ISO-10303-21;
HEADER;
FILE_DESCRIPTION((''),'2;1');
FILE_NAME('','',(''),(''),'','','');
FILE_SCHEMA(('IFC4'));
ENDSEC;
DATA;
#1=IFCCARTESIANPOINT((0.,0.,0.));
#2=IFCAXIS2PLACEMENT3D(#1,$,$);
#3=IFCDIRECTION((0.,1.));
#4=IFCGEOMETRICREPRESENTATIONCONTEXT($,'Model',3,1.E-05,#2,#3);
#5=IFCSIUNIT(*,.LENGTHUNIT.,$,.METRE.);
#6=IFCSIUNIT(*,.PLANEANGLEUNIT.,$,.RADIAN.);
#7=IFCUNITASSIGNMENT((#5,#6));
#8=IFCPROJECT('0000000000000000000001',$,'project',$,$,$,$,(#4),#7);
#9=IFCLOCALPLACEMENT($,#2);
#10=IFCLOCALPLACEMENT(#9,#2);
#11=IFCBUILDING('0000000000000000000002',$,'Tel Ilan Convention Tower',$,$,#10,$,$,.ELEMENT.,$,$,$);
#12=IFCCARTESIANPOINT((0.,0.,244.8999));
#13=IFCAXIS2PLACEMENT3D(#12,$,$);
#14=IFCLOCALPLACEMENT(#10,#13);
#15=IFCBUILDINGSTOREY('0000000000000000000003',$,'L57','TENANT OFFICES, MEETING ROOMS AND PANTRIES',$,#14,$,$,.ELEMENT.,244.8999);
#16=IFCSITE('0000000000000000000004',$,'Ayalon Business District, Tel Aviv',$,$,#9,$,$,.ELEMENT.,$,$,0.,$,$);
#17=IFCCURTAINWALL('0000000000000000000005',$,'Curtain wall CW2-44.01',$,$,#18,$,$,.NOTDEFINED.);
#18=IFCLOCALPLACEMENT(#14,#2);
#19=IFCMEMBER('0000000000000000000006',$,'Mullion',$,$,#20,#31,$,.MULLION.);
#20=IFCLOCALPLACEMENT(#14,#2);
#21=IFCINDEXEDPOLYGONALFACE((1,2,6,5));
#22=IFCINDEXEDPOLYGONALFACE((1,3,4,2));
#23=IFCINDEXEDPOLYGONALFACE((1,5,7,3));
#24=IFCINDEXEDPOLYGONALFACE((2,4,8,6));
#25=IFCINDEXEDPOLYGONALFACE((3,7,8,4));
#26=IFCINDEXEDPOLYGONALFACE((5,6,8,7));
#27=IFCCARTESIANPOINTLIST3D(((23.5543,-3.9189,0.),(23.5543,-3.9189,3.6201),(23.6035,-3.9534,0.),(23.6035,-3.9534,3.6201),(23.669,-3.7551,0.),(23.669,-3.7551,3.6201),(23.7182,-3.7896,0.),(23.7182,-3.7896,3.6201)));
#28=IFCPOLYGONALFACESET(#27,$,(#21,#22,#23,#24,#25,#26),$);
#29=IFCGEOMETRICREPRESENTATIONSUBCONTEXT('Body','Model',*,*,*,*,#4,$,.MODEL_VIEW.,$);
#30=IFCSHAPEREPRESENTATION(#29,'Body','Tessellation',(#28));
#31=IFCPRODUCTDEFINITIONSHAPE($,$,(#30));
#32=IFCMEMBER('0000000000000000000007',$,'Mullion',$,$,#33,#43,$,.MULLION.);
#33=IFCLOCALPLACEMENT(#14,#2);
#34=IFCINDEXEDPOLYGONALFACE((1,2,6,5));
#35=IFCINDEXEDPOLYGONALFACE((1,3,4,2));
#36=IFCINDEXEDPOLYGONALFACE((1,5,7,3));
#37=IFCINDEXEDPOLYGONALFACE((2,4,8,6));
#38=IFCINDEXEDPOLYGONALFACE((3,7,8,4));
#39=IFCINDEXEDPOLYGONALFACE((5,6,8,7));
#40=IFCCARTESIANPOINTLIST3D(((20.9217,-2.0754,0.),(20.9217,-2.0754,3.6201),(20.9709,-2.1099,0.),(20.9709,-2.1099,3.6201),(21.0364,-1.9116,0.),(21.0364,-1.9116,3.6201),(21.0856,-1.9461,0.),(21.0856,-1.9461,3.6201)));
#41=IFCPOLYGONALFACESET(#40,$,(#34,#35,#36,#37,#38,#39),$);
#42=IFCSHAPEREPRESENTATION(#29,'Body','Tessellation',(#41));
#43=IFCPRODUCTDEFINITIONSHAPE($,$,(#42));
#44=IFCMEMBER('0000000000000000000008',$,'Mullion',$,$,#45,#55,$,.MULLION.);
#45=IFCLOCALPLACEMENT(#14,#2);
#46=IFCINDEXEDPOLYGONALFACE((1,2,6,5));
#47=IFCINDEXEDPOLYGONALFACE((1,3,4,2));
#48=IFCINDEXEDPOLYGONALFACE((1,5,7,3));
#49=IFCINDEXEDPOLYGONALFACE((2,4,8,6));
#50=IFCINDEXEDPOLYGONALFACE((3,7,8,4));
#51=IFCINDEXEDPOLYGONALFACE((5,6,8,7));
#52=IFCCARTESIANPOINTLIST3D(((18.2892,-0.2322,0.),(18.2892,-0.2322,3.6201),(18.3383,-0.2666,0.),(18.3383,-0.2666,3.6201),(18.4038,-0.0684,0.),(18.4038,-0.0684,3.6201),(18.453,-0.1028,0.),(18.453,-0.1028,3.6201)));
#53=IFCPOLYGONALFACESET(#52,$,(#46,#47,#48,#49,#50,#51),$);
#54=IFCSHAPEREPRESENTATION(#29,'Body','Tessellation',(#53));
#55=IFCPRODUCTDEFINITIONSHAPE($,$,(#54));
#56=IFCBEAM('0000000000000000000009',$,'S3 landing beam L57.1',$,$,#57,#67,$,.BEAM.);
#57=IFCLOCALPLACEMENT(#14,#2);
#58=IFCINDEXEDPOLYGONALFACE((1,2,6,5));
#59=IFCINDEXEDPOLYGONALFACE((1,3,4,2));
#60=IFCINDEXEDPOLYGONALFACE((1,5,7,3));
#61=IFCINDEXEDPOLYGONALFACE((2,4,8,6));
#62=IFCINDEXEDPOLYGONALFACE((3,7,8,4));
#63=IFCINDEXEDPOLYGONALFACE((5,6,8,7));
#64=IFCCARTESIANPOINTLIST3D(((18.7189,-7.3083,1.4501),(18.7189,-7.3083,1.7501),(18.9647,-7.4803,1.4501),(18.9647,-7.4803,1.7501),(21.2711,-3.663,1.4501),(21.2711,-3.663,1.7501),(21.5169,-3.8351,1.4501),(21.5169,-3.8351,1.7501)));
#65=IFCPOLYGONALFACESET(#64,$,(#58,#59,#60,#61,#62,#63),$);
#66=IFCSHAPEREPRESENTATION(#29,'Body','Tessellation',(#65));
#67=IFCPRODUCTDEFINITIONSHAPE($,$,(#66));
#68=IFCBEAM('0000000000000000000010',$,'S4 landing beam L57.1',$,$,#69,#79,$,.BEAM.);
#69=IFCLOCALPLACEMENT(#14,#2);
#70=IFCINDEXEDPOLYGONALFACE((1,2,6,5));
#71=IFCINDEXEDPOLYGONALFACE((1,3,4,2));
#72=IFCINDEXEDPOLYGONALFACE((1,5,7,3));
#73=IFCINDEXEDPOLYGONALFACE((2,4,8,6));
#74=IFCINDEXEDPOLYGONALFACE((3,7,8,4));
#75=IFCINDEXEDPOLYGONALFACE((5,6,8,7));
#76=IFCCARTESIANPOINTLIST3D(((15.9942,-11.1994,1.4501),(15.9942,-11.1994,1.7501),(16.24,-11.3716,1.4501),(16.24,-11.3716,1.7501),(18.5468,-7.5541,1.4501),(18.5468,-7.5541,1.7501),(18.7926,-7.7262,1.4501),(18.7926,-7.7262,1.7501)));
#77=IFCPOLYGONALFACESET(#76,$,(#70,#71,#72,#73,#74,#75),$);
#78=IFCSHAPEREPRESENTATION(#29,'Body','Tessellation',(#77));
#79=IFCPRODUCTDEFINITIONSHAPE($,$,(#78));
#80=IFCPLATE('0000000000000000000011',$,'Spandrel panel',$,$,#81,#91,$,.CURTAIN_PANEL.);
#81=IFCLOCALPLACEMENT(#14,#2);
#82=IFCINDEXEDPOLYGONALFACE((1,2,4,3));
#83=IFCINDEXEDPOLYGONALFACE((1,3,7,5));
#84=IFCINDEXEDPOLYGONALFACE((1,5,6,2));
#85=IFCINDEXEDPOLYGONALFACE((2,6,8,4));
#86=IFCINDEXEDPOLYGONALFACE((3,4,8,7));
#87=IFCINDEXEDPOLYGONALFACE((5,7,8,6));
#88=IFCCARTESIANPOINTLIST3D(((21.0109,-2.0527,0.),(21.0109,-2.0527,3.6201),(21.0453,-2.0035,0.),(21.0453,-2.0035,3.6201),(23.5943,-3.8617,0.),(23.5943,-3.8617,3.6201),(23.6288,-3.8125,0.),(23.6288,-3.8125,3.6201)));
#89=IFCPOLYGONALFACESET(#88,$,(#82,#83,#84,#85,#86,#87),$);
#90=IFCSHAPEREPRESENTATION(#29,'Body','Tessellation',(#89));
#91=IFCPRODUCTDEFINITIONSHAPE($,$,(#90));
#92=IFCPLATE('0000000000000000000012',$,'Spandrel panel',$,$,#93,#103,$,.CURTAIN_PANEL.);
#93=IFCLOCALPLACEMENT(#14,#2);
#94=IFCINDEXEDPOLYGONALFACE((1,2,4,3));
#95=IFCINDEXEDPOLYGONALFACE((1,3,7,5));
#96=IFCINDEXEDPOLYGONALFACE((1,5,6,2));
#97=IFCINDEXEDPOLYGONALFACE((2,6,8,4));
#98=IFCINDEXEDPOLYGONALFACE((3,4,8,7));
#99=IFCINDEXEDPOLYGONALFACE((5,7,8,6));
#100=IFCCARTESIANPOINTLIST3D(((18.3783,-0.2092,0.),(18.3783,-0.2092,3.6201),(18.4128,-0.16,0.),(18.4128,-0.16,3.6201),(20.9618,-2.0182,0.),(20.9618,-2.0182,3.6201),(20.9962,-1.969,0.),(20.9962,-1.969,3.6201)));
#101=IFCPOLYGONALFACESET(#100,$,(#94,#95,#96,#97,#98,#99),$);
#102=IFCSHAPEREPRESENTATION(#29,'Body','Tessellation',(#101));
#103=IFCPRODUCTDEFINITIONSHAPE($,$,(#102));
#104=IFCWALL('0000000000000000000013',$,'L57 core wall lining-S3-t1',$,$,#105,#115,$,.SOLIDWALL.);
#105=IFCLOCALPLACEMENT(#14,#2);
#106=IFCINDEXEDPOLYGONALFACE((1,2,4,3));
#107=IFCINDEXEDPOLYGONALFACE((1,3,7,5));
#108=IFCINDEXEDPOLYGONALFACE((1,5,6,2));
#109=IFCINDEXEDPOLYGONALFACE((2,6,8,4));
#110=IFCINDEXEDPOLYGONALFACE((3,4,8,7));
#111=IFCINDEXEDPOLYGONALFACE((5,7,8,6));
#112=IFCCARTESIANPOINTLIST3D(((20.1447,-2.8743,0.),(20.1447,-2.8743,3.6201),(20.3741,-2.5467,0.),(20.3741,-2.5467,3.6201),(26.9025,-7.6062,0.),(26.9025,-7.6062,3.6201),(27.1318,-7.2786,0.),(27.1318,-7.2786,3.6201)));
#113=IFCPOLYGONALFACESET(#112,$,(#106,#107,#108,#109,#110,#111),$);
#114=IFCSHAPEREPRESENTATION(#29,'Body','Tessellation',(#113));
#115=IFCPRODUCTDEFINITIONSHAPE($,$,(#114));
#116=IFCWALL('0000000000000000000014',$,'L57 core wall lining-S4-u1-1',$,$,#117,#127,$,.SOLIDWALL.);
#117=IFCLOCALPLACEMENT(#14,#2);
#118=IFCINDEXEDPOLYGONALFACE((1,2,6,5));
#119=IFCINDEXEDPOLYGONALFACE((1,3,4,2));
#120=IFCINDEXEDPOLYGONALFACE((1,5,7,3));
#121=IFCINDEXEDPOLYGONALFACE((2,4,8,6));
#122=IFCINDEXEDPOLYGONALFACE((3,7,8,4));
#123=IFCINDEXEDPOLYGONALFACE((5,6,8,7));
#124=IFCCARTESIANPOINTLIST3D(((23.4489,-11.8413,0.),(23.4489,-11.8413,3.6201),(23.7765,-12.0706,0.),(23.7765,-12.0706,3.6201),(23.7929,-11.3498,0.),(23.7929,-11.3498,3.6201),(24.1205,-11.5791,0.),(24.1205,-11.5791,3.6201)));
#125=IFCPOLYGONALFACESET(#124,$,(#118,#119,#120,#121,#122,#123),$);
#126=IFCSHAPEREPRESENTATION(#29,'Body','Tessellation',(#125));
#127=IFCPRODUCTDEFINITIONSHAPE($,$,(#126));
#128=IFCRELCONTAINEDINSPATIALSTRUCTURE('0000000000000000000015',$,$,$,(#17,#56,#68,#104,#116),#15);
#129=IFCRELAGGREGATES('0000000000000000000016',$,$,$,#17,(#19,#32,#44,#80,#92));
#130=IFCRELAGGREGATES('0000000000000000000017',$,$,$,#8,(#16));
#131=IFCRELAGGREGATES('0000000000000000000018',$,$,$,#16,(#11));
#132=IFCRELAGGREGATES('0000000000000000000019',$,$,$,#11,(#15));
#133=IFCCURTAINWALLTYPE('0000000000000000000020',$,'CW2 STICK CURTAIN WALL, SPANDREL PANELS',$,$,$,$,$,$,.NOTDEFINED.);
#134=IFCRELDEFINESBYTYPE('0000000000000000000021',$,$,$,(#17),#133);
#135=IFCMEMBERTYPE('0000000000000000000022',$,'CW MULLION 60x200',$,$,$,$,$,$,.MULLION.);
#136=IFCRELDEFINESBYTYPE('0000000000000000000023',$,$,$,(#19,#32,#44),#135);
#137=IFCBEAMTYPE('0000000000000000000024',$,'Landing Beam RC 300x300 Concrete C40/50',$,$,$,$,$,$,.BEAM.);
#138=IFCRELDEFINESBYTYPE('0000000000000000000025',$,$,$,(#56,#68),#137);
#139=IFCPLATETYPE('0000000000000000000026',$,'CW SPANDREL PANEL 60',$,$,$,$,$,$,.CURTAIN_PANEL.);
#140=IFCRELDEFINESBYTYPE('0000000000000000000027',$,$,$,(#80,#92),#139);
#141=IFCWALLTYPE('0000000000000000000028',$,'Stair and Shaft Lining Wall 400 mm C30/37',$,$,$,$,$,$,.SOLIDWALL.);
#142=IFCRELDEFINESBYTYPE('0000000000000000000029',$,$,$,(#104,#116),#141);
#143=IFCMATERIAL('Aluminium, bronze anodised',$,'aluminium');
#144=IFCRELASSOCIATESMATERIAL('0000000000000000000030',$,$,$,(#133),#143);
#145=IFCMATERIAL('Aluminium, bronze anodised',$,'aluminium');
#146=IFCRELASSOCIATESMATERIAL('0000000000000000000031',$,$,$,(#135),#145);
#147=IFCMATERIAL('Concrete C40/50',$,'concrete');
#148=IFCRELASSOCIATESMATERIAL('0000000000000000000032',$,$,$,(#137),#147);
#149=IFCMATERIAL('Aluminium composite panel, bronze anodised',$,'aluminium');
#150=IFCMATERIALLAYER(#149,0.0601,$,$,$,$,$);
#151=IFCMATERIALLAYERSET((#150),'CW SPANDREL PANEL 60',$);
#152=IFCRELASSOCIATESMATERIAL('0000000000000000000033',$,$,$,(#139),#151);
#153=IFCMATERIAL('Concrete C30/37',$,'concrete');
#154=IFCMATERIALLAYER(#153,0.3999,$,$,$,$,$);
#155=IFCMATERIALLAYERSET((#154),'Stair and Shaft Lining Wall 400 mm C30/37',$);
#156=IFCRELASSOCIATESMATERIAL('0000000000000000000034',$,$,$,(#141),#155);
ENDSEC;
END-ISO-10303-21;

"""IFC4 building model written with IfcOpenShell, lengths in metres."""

from ifc_helpers import new_model, si_unit, direction, frame, frame_2d, origin, origin_2d, place, context, subcontext, project, spatial, rectangle, extrude, material, layer, layer_set, material_profile, profile_set, type_object, element, aggregate, save


model = new_model("IFC4")

# Units and contexts
model_context = context("Model", 3, precision=1e-05, world=origin(), true_north=direction((0.0, 1.0)))
body_context = subcontext(model_context, "Body", "Model", "MODEL_VIEW")
ifc_project = project(units=[si_unit("LENGTHUNIT", "METRE"), si_unit("PLANEANGLEUNIT", "RADIAN")], contexts=[model_context])

# Site, building, storey
site_placement = place(None, origin())
site = spatial("IfcSite", under=ifc_project, at=site_placement, Name="Ayalon Business District, Tel Aviv", CompositionType="ELEMENT", RefElevation=0.0)
building_placement = place(site_placement, origin())
building = spatial("IfcBuilding", under=site, at=building_placement, Name="Tel Ilan Convention Tower", CompositionType="ELEMENT")
storey_placement = place(building_placement, frame((0.0, 0.0, 244.8999)))
storey = spatial("IfcBuildingStorey", under=building, at=storey_placement, Name="L57", Description="TENANT OFFICES, MEETING ROOMS AND PANTRIES", CompositionType="ELEMENT", Elevation=244.8999)

# Curtain wall, members
ifc_material_1 = material(Name="Aluminium, bronze anodised", Category="aluminium")
curtain_wall_type = type_object("IfcCurtainWallType", Name="CW2 STICK CURTAIN WALL, SPANDREL PANELS", PredefinedType="NOTDEFINED", material=ifc_material_1)
curtain_wall_placement = place(storey_placement, origin())
curtain_wall = element("IfcCurtainWall", 1, at=curtain_wall_placement, inside=storey, type_object=curtain_wall_type, Name="Curtain wall CW2-44.01", PredefinedType="NOTDEFINED")
ifc_material_2 = material(Name="Aluminium, bronze anodised", Category="aluminium")
ifc_material_profile_1 = material_profile(ifc_material_2, rectangle(XDim=0.0601, YDim=0.2, at=origin_2d()), Name="CW MULLION 60x200")
ifc_profile_set_1 = profile_set([ifc_material_profile_1], Name="Aluminium, bronze anodised")
member_type = type_object("IfcMemberType", Name="CW MULLION 60x200", PredefinedType="MULLION", material=ifc_profile_set_1)
member_1_placement = place(storey_placement, frame((23.6362, -3.8542, 0.0), z_axis=(0.0, 0.0, 1.0), x_axis=(-0.819152, 0.573576, 0.0)))
member_1 = element("IfcMember", 2, at=member_1_placement, type_object=member_type, Name="Mullion", PredefinedType="MULLION", context=body_context, shape_type="SweptSolid", body=[
    extrude(rectangle(XDim=0.0601, YDim=0.2, at=origin_2d()), origin(), (0.0, 0.0, 1.0), 3.6201),
])
member_2_placement = place(storey_placement, frame((21.0037, -2.0107, 0.0), z_axis=(0.0, 0.0, 1.0), x_axis=(-0.819152, 0.573576, 0.0)))
member_2 = element("IfcMember", 3, at=member_2_placement, type_object=member_type, Name="Mullion", PredefinedType="MULLION", context=body_context, shape_type="SweptSolid", body=[
    extrude(rectangle(XDim=0.0601, YDim=0.2, at=origin_2d()), origin(), (0.0, 0.0, 1.0), 3.6201),
])
member_3_placement = place(storey_placement, frame((18.3711, -0.1675, 0.0), z_axis=(0.0, 0.0, 1.0), x_axis=(-0.819152, 0.573576, 0.0)))
member_3 = element("IfcMember", 4, at=member_3_placement, type_object=member_type, Name="Mullion", PredefinedType="MULLION", context=body_context, shape_type="SweptSolid", body=[
    extrude(rectangle(XDim=0.0601, YDim=0.2, at=origin_2d()), origin(), (0.0, 0.0, 1.0), 3.6201),
])

# Beams
ifc_material_3 = material(Name="Concrete C40/50", Category="concrete")
ifc_material_profile_2 = material_profile(ifc_material_3, rectangle(XDim=0.3, YDim=0.3, at=origin_2d()), Name="RC 300x300")
ifc_profile_set_2 = profile_set([ifc_material_profile_2], Name="Concrete C40/50")
beam_type = type_object("IfcBeamType", Name="Landing Beam RC 300x300 Concrete C40/50", PredefinedType="BEAM", material=ifc_profile_set_2)
beam_1_placement = place(storey_placement, frame((21.394, -3.749, 1.6001), z_axis=(-0.573547, -0.819173, 0.0), x_axis=(0.819173, -0.573547, 0.0)))
element("IfcBeam", 5, at=beam_1_placement, inside=storey, type_object=beam_type, Name="S3 landing beam L57.1", PredefinedType="BEAM", context=body_context, shape_type="SweptSolid", body=[
    extrude(rectangle(XDim=0.3, YDim=0.3, at=origin_2d()), origin(), (0.0, 0.0, 1.0), 4.45),
])
beam_2_placement = place(storey_placement, frame((18.6697, -7.6401, 1.6001), z_axis=(-0.573584, -0.819147, 0.0), x_axis=(0.819147, -0.573584, 0.0)))
element("IfcBeam", 6, at=beam_2_placement, inside=storey, type_object=beam_type, Name="S4 landing beam L57.1", PredefinedType="BEAM", context=body_context, shape_type="SweptSolid", body=[
    extrude(rectangle(XDim=0.3, YDim=0.3, at=origin_2d()), origin(), (0.0, 0.0, 1.0), 4.4502),
])

# Plates
ifc_material_4 = material(Name="Aluminium composite panel, bronze anodised", Category="aluminium")
ifc_layer_1 = layer(ifc_material_4, 0.0601)
ifc_layer_set_1 = layer_set([ifc_layer_1], Name="CW SPANDREL PANEL 60")
plate_type = type_object("IfcPlateType", Name="CW SPANDREL PANEL 60", PredefinedType="CURTAIN_PANEL", material=ifc_layer_set_1)
plate_1_placement = place(storey_placement, frame((22.3198, -2.9326, 0.0), z_axis=(0.0, 0.0, 1.0), x_axis=(-0.819152, 0.573576, 0.0)))
plate_1 = element("IfcPlate", 7, at=plate_1_placement, type_object=plate_type, Name="Spandrel panel", PredefinedType="CURTAIN_PANEL", context=body_context, shape_type="SweptSolid", body=[
    extrude(rectangle(XDim=3.1538, YDim=0.0601, at=origin_2d()), origin(), (0.0, 0.0, 1.0), 3.6201),
])
plate_2_placement = place(storey_placement, frame((19.6873, -1.0891, 0.0), z_axis=(0.0, 0.0, 1.0), x_axis=(-0.819152, 0.573576, 0.0)))
plate_2 = element("IfcPlate", 8, at=plate_2_placement, type_object=plate_type, Name="Spandrel panel", PredefinedType="CURTAIN_PANEL", context=body_context, shape_type="SweptSolid", body=[
    extrude(rectangle(XDim=3.1538, YDim=0.0601, at=origin_2d()), origin(), (0.0, 0.0, 1.0), 3.6201),
])
aggregate(curtain_wall, [member_1, member_2, member_3, plate_1, plate_2])

# Walls
ifc_material_5 = material(Name="Concrete C30/37", Category="concrete")
ifc_layer_2 = layer(ifc_material_5, 0.3999)
ifc_layer_set_2 = layer_set([ifc_layer_2], Name="Stair and Shaft Lining Wall 400 mm C30/37")
wall_type = type_object("IfcWallType", Name="Stair and Shaft Lining Wall 400 mm C30/37", PredefinedType="SOLIDWALL", material=ifc_layer_set_2)
wall_1_placement = place(storey_placement, frame((20.2593, -2.7104, 0.0), z_axis=(0.0, 0.0, 1.0), x_axis=(0.819148, -0.573582, 0.0)))
element("IfcWall", 9, at=wall_1_placement, inside=storey, type_object=wall_type, Name="L57 core wall lining-S3-t1", PredefinedType="SOLIDWALL", context=body_context, shape_type="SweptSolid", body=[
    extrude(rectangle(XDim=8.2498, YDim=0.3999, at=frame_2d((4.125, 0.0))), origin(), (0.0, 0.0, 1.0), 3.6201),
])
wall_2_placement = place(storey_placement, frame((23.6128, -11.9558, 0.0), z_axis=(0.0, 0.0, 1.0), x_axis=(0.573435, 0.819251, 0.0)))
element("IfcWall", 10, at=wall_2_placement, inside=storey, type_object=wall_type, Name="L57 core wall lining-S4-u1-1", PredefinedType="SOLIDWALL", context=body_context, shape_type="SweptSolid", body=[
    extrude(rectangle(XDim=0.5999, YDim=0.3999, at=frame_2d((0.2998, 0.0))), origin(), (0.0, 0.0, 1.0), 3.6201),
])

save(model, "model.ifc")
